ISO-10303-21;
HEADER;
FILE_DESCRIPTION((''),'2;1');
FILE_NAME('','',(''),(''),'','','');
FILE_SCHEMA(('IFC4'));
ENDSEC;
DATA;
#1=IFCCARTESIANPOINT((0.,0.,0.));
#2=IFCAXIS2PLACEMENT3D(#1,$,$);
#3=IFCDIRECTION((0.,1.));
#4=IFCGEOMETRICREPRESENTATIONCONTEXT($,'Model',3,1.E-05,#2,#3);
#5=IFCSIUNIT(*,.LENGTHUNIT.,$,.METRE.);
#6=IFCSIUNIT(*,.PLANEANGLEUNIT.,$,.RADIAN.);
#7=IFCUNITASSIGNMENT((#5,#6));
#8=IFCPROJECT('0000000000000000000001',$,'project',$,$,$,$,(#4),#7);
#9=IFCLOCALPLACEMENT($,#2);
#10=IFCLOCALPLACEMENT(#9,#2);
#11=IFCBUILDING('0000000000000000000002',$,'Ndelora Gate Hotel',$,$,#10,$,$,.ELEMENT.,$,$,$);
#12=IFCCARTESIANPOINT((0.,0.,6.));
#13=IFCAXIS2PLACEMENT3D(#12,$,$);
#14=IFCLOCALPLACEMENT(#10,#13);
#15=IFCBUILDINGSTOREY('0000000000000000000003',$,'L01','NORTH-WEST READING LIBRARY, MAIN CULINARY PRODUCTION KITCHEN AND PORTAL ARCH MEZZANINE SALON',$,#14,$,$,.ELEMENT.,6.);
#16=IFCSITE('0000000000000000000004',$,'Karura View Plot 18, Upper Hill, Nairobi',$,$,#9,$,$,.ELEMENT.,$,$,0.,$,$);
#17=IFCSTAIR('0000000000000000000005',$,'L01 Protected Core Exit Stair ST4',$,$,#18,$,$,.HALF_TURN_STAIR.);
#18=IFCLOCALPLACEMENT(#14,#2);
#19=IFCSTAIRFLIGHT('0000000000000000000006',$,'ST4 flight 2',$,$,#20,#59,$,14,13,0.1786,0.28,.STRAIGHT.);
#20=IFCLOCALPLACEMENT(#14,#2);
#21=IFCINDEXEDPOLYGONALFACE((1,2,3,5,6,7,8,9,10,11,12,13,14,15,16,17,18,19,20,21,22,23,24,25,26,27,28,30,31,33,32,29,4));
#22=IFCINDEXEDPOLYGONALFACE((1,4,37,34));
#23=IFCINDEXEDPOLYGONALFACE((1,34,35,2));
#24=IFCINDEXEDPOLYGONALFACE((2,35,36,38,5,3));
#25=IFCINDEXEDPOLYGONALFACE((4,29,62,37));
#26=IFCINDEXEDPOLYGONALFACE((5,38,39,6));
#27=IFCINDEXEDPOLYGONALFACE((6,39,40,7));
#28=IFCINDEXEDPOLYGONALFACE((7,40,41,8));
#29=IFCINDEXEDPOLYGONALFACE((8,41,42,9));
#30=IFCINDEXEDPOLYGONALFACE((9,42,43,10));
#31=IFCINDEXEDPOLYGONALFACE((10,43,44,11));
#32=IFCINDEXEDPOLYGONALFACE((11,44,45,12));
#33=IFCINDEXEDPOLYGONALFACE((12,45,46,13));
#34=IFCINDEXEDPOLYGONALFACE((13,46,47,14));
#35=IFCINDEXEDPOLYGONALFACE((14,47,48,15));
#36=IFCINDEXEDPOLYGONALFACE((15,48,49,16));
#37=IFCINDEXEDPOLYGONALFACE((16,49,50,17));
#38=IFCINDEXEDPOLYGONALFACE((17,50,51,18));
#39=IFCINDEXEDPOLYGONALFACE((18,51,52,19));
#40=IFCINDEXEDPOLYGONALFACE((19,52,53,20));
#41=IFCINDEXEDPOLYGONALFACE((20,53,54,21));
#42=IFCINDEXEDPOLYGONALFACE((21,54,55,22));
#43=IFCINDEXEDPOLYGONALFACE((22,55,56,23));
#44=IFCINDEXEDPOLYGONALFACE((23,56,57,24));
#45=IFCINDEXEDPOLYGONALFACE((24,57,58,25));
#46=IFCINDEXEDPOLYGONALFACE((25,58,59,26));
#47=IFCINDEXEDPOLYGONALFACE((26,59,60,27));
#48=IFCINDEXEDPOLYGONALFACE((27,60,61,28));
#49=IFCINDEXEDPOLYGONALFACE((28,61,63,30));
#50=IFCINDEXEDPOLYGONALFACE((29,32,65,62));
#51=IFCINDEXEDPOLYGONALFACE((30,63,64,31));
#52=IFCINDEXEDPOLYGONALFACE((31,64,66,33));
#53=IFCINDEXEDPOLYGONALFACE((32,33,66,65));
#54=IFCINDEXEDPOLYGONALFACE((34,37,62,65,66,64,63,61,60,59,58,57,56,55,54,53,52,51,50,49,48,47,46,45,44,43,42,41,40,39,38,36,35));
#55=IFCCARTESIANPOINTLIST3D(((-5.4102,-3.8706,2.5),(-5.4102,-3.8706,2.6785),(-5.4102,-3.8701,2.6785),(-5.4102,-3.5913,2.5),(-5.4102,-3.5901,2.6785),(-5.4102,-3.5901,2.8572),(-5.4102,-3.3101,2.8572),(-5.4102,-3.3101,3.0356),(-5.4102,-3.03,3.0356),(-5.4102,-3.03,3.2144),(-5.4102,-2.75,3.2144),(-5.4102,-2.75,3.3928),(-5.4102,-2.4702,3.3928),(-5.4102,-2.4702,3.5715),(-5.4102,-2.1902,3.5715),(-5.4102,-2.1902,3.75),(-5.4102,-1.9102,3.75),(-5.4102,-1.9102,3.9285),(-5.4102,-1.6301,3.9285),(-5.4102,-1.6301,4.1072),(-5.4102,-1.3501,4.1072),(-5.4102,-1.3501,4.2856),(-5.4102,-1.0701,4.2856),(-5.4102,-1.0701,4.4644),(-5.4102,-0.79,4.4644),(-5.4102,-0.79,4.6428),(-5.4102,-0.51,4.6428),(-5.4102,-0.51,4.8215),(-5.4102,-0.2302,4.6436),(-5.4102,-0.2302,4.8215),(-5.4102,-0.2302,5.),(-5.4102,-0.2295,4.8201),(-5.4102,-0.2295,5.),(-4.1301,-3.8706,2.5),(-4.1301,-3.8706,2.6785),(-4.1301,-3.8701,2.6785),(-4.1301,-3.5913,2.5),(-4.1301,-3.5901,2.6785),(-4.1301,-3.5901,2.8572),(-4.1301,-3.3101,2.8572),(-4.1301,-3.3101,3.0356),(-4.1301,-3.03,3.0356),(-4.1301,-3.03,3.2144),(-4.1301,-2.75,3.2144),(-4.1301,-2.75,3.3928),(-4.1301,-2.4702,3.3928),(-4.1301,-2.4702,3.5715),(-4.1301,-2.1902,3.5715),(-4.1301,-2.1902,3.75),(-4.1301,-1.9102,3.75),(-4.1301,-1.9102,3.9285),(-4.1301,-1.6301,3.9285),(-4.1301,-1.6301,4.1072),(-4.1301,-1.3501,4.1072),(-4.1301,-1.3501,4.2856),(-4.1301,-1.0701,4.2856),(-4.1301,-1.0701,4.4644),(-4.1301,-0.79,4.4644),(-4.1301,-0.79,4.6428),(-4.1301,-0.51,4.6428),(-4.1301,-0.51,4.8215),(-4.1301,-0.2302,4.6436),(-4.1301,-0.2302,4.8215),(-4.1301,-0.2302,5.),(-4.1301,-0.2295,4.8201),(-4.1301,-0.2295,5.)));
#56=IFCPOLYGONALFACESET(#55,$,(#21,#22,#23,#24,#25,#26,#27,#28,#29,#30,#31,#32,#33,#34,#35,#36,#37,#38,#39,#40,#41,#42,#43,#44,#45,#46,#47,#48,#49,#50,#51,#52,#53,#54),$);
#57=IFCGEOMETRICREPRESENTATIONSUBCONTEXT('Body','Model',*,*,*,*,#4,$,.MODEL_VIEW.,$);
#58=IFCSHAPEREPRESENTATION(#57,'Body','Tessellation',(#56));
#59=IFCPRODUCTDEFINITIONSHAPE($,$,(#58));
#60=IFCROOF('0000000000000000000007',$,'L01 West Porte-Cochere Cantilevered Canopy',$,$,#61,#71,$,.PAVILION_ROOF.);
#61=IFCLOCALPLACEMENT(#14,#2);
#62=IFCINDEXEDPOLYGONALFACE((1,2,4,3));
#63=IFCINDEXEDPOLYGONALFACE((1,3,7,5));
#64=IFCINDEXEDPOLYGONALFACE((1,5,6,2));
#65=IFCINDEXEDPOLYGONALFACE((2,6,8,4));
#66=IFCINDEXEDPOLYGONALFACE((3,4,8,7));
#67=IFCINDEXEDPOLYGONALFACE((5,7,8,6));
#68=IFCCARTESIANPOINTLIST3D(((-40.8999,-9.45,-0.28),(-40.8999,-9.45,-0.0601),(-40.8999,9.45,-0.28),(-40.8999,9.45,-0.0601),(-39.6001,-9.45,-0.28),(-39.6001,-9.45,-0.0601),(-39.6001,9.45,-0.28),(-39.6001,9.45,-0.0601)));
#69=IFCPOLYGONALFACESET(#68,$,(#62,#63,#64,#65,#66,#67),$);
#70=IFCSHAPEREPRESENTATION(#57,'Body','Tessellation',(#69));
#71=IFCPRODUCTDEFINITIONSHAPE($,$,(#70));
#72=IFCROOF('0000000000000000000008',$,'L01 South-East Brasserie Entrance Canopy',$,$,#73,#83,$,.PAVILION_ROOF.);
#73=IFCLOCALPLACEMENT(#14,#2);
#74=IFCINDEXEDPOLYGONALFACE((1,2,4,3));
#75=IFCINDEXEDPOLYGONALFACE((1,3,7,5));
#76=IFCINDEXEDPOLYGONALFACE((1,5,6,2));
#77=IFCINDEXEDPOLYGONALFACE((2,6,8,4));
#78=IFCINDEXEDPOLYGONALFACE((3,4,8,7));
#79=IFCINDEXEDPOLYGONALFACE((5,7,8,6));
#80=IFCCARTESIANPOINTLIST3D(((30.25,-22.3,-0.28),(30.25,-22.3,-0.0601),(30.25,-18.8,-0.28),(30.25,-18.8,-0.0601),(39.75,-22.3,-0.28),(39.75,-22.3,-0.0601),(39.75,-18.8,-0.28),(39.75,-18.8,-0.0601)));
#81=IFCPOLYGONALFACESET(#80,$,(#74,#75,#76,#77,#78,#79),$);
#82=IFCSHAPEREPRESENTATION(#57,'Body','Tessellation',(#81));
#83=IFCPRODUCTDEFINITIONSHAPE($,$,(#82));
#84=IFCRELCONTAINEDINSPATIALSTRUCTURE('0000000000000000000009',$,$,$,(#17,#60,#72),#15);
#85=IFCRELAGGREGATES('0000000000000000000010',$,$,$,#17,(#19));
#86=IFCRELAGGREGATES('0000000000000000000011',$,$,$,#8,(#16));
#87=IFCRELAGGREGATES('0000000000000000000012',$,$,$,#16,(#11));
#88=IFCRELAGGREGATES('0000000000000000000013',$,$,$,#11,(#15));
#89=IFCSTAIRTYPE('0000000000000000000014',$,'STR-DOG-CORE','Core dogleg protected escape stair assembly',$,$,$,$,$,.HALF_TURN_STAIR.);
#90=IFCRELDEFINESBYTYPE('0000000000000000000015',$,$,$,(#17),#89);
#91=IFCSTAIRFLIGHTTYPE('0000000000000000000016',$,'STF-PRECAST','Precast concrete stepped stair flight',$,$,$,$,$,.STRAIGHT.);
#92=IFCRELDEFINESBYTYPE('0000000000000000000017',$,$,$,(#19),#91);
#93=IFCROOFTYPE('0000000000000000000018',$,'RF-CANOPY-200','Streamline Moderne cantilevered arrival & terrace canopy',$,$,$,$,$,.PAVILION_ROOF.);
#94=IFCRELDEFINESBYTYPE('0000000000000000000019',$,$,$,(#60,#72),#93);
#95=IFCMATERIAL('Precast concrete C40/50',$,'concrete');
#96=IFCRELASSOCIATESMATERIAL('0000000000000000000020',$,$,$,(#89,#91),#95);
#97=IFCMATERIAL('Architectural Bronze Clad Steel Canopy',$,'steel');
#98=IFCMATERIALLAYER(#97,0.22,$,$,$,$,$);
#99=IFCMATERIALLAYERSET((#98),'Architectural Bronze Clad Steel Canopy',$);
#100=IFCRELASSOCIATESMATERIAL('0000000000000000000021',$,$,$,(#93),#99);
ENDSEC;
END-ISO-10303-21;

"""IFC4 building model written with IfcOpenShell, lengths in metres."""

from ifc_helpers import new_model, si_unit, direction, frame, origin, place, context, subcontext, project, spatial, polyline, outline, extrude, material, layer, layer_set, type_object, element, aggregate, save


model = new_model("IFC4")

# Units and contexts
model_context = context("Model", 3, precision=1e-05, world=origin(), true_north=direction((0.0, 1.0)))
body_context = subcontext(model_context, "Body", "Model", "MODEL_VIEW")
ifc_project = project(units=[si_unit("LENGTHUNIT", "METRE"), si_unit("PLANEANGLEUNIT", "RADIAN")], contexts=[model_context])

# Site, building, storey
site_placement = place(None, origin())
site = spatial("IfcSite", under=ifc_project, at=site_placement, Name="Karura View Plot 18, Upper Hill, Nairobi", CompositionType="ELEMENT", RefElevation=0.0)
building_placement = place(site_placement, origin())
building = spatial("IfcBuilding", under=site, at=building_placement, Name="Ndelora Gate Hotel", CompositionType="ELEMENT")
storey_placement = place(building_placement, frame((0.0, 0.0, 6.0)))
storey = spatial("IfcBuildingStorey", under=building, at=storey_placement, Name="L01", Description="NORTH-WEST READING LIBRARY, MAIN CULINARY PRODUCTION KITCHEN AND PORTAL ARCH MEZZANINE SALON", CompositionType="ELEMENT", Elevation=6.0)

# Stair, stair flight
ifc_material_1 = material(Name="Precast concrete C40/50", Category="concrete")
stair_type = type_object("IfcStairType", Name="STR-DOG-CORE", Description="Core dogleg protected escape stair assembly", PredefinedType="HALF_TURN_STAIR", material=ifc_material_1)
stair_placement = place(storey_placement, origin())
stair = element("IfcStair", 1, at=stair_placement, inside=storey, type_object=stair_type, Name="L01 Protected Core Exit Stair ST4", PredefinedType="HALF_TURN_STAIR")
stair_flight_type = type_object("IfcStairFlightType", Name="STF-PRECAST", Description="Precast concrete stepped stair flight", PredefinedType="STRAIGHT", material=ifc_material_1)
stair_flight_1_placement = place(storey_placement, frame((-4.77, -3.8701, 2.5), z_axis=(0.0, 0.0, 1.0), x_axis=(0.0, 1.0, 0.0)))
stair_flight_1 = element("IfcStairFlight", 2, at=stair_flight_1_placement, type_object=stair_flight_type, Name="ST4 flight 2", NumberOfRisers=14, NumberOfTreads=13, PredefinedType="STRAIGHT", RiserHeight=0.1786, TreadLength=0.28, context=body_context, shape_type="SweptSolid", body=[
    extrude(outline(polyline([(-0.0005, 0.0), (-0.0005, 0.1785), (0.0, 0.1785), (0.28, 0.1785), (0.28, 0.3572), (0.5601, 0.3572), (0.5601, 0.5356), (0.8401, 0.5356), (0.8401, 0.7144), (1.1201, 0.7144), (1.1201, 0.8928), (1.3999, 0.8928), (1.3999, 1.0715), (1.6799, 1.0715), (1.6799, 1.25), (1.96, 1.25), (1.96, 1.4285), (2.24, 1.4285), (2.24, 1.6072), (2.52, 1.6072), (2.52, 1.7856), (2.8, 1.7856), (2.8, 1.9644), (3.0801, 1.9644), (3.0801, 2.1428), (3.3601, 2.1428), (3.3601, 2.3215), (3.6399, 2.3215), (3.6399, 2.5), (3.6406, 2.5), (3.6406, 2.3201), (3.6399, 2.1436), (0.2788, 0.0), (-0.0005, 0.0)])), frame((0.0, 0.6401, 0.0), z_axis=(0.0, -1.0, 0.0), x_axis=(1.0, 0.0, 0.0)), (0.0, 0.0, 1.0), 1.28),
])
aggregate(stair, [stair_flight_1])

# Roofs
ifc_material_2 = material(Name="Architectural Bronze Clad Steel Canopy", Category="steel")
ifc_layer_1 = layer(ifc_material_2, 0.22)
ifc_layer_set_1 = layer_set([ifc_layer_1], Name="Architectural Bronze Clad Steel Canopy")
roof_type = type_object("IfcRoofType", Name="RF-CANOPY-200", Description="Streamline Moderne cantilevered arrival & terrace canopy", PredefinedType="PAVILION_ROOF", material=ifc_layer_set_1)
roof_1_placement = place(storey_placement, frame((0.0, 0.0, -0.28)))
element("IfcRoof", 3, at=roof_1_placement, inside=storey, type_object=roof_type, Name="L01 West Porte-Cochere Cantilevered Canopy", PredefinedType="PAVILION_ROOF", context=body_context, shape_type="SweptSolid", body=[
    extrude(outline(polyline([(-40.8999, -9.45), (-39.6001, -9.45), (-39.6001, 9.45), (-40.8999, 9.45), (-40.8999, -9.45)])), origin(), (0.0, 0.0, 1.0), 0.22),
])
roof_2_placement = place(storey_placement, frame((0.0, 0.0, -0.28)))
element("IfcRoof", 4, at=roof_2_placement, inside=storey, type_object=roof_type, Name="L01 South-East Brasserie Entrance Canopy", PredefinedType="PAVILION_ROOF", context=body_context, shape_type="SweptSolid", body=[
    extrude(outline(polyline([(30.25, -22.3), (39.75, -22.3), (39.75, -18.8), (30.25, -18.8), (30.25, -22.3)])), origin(), (0.0, 0.0, 1.0), 0.22),
])

save(model, "model.ifc")
